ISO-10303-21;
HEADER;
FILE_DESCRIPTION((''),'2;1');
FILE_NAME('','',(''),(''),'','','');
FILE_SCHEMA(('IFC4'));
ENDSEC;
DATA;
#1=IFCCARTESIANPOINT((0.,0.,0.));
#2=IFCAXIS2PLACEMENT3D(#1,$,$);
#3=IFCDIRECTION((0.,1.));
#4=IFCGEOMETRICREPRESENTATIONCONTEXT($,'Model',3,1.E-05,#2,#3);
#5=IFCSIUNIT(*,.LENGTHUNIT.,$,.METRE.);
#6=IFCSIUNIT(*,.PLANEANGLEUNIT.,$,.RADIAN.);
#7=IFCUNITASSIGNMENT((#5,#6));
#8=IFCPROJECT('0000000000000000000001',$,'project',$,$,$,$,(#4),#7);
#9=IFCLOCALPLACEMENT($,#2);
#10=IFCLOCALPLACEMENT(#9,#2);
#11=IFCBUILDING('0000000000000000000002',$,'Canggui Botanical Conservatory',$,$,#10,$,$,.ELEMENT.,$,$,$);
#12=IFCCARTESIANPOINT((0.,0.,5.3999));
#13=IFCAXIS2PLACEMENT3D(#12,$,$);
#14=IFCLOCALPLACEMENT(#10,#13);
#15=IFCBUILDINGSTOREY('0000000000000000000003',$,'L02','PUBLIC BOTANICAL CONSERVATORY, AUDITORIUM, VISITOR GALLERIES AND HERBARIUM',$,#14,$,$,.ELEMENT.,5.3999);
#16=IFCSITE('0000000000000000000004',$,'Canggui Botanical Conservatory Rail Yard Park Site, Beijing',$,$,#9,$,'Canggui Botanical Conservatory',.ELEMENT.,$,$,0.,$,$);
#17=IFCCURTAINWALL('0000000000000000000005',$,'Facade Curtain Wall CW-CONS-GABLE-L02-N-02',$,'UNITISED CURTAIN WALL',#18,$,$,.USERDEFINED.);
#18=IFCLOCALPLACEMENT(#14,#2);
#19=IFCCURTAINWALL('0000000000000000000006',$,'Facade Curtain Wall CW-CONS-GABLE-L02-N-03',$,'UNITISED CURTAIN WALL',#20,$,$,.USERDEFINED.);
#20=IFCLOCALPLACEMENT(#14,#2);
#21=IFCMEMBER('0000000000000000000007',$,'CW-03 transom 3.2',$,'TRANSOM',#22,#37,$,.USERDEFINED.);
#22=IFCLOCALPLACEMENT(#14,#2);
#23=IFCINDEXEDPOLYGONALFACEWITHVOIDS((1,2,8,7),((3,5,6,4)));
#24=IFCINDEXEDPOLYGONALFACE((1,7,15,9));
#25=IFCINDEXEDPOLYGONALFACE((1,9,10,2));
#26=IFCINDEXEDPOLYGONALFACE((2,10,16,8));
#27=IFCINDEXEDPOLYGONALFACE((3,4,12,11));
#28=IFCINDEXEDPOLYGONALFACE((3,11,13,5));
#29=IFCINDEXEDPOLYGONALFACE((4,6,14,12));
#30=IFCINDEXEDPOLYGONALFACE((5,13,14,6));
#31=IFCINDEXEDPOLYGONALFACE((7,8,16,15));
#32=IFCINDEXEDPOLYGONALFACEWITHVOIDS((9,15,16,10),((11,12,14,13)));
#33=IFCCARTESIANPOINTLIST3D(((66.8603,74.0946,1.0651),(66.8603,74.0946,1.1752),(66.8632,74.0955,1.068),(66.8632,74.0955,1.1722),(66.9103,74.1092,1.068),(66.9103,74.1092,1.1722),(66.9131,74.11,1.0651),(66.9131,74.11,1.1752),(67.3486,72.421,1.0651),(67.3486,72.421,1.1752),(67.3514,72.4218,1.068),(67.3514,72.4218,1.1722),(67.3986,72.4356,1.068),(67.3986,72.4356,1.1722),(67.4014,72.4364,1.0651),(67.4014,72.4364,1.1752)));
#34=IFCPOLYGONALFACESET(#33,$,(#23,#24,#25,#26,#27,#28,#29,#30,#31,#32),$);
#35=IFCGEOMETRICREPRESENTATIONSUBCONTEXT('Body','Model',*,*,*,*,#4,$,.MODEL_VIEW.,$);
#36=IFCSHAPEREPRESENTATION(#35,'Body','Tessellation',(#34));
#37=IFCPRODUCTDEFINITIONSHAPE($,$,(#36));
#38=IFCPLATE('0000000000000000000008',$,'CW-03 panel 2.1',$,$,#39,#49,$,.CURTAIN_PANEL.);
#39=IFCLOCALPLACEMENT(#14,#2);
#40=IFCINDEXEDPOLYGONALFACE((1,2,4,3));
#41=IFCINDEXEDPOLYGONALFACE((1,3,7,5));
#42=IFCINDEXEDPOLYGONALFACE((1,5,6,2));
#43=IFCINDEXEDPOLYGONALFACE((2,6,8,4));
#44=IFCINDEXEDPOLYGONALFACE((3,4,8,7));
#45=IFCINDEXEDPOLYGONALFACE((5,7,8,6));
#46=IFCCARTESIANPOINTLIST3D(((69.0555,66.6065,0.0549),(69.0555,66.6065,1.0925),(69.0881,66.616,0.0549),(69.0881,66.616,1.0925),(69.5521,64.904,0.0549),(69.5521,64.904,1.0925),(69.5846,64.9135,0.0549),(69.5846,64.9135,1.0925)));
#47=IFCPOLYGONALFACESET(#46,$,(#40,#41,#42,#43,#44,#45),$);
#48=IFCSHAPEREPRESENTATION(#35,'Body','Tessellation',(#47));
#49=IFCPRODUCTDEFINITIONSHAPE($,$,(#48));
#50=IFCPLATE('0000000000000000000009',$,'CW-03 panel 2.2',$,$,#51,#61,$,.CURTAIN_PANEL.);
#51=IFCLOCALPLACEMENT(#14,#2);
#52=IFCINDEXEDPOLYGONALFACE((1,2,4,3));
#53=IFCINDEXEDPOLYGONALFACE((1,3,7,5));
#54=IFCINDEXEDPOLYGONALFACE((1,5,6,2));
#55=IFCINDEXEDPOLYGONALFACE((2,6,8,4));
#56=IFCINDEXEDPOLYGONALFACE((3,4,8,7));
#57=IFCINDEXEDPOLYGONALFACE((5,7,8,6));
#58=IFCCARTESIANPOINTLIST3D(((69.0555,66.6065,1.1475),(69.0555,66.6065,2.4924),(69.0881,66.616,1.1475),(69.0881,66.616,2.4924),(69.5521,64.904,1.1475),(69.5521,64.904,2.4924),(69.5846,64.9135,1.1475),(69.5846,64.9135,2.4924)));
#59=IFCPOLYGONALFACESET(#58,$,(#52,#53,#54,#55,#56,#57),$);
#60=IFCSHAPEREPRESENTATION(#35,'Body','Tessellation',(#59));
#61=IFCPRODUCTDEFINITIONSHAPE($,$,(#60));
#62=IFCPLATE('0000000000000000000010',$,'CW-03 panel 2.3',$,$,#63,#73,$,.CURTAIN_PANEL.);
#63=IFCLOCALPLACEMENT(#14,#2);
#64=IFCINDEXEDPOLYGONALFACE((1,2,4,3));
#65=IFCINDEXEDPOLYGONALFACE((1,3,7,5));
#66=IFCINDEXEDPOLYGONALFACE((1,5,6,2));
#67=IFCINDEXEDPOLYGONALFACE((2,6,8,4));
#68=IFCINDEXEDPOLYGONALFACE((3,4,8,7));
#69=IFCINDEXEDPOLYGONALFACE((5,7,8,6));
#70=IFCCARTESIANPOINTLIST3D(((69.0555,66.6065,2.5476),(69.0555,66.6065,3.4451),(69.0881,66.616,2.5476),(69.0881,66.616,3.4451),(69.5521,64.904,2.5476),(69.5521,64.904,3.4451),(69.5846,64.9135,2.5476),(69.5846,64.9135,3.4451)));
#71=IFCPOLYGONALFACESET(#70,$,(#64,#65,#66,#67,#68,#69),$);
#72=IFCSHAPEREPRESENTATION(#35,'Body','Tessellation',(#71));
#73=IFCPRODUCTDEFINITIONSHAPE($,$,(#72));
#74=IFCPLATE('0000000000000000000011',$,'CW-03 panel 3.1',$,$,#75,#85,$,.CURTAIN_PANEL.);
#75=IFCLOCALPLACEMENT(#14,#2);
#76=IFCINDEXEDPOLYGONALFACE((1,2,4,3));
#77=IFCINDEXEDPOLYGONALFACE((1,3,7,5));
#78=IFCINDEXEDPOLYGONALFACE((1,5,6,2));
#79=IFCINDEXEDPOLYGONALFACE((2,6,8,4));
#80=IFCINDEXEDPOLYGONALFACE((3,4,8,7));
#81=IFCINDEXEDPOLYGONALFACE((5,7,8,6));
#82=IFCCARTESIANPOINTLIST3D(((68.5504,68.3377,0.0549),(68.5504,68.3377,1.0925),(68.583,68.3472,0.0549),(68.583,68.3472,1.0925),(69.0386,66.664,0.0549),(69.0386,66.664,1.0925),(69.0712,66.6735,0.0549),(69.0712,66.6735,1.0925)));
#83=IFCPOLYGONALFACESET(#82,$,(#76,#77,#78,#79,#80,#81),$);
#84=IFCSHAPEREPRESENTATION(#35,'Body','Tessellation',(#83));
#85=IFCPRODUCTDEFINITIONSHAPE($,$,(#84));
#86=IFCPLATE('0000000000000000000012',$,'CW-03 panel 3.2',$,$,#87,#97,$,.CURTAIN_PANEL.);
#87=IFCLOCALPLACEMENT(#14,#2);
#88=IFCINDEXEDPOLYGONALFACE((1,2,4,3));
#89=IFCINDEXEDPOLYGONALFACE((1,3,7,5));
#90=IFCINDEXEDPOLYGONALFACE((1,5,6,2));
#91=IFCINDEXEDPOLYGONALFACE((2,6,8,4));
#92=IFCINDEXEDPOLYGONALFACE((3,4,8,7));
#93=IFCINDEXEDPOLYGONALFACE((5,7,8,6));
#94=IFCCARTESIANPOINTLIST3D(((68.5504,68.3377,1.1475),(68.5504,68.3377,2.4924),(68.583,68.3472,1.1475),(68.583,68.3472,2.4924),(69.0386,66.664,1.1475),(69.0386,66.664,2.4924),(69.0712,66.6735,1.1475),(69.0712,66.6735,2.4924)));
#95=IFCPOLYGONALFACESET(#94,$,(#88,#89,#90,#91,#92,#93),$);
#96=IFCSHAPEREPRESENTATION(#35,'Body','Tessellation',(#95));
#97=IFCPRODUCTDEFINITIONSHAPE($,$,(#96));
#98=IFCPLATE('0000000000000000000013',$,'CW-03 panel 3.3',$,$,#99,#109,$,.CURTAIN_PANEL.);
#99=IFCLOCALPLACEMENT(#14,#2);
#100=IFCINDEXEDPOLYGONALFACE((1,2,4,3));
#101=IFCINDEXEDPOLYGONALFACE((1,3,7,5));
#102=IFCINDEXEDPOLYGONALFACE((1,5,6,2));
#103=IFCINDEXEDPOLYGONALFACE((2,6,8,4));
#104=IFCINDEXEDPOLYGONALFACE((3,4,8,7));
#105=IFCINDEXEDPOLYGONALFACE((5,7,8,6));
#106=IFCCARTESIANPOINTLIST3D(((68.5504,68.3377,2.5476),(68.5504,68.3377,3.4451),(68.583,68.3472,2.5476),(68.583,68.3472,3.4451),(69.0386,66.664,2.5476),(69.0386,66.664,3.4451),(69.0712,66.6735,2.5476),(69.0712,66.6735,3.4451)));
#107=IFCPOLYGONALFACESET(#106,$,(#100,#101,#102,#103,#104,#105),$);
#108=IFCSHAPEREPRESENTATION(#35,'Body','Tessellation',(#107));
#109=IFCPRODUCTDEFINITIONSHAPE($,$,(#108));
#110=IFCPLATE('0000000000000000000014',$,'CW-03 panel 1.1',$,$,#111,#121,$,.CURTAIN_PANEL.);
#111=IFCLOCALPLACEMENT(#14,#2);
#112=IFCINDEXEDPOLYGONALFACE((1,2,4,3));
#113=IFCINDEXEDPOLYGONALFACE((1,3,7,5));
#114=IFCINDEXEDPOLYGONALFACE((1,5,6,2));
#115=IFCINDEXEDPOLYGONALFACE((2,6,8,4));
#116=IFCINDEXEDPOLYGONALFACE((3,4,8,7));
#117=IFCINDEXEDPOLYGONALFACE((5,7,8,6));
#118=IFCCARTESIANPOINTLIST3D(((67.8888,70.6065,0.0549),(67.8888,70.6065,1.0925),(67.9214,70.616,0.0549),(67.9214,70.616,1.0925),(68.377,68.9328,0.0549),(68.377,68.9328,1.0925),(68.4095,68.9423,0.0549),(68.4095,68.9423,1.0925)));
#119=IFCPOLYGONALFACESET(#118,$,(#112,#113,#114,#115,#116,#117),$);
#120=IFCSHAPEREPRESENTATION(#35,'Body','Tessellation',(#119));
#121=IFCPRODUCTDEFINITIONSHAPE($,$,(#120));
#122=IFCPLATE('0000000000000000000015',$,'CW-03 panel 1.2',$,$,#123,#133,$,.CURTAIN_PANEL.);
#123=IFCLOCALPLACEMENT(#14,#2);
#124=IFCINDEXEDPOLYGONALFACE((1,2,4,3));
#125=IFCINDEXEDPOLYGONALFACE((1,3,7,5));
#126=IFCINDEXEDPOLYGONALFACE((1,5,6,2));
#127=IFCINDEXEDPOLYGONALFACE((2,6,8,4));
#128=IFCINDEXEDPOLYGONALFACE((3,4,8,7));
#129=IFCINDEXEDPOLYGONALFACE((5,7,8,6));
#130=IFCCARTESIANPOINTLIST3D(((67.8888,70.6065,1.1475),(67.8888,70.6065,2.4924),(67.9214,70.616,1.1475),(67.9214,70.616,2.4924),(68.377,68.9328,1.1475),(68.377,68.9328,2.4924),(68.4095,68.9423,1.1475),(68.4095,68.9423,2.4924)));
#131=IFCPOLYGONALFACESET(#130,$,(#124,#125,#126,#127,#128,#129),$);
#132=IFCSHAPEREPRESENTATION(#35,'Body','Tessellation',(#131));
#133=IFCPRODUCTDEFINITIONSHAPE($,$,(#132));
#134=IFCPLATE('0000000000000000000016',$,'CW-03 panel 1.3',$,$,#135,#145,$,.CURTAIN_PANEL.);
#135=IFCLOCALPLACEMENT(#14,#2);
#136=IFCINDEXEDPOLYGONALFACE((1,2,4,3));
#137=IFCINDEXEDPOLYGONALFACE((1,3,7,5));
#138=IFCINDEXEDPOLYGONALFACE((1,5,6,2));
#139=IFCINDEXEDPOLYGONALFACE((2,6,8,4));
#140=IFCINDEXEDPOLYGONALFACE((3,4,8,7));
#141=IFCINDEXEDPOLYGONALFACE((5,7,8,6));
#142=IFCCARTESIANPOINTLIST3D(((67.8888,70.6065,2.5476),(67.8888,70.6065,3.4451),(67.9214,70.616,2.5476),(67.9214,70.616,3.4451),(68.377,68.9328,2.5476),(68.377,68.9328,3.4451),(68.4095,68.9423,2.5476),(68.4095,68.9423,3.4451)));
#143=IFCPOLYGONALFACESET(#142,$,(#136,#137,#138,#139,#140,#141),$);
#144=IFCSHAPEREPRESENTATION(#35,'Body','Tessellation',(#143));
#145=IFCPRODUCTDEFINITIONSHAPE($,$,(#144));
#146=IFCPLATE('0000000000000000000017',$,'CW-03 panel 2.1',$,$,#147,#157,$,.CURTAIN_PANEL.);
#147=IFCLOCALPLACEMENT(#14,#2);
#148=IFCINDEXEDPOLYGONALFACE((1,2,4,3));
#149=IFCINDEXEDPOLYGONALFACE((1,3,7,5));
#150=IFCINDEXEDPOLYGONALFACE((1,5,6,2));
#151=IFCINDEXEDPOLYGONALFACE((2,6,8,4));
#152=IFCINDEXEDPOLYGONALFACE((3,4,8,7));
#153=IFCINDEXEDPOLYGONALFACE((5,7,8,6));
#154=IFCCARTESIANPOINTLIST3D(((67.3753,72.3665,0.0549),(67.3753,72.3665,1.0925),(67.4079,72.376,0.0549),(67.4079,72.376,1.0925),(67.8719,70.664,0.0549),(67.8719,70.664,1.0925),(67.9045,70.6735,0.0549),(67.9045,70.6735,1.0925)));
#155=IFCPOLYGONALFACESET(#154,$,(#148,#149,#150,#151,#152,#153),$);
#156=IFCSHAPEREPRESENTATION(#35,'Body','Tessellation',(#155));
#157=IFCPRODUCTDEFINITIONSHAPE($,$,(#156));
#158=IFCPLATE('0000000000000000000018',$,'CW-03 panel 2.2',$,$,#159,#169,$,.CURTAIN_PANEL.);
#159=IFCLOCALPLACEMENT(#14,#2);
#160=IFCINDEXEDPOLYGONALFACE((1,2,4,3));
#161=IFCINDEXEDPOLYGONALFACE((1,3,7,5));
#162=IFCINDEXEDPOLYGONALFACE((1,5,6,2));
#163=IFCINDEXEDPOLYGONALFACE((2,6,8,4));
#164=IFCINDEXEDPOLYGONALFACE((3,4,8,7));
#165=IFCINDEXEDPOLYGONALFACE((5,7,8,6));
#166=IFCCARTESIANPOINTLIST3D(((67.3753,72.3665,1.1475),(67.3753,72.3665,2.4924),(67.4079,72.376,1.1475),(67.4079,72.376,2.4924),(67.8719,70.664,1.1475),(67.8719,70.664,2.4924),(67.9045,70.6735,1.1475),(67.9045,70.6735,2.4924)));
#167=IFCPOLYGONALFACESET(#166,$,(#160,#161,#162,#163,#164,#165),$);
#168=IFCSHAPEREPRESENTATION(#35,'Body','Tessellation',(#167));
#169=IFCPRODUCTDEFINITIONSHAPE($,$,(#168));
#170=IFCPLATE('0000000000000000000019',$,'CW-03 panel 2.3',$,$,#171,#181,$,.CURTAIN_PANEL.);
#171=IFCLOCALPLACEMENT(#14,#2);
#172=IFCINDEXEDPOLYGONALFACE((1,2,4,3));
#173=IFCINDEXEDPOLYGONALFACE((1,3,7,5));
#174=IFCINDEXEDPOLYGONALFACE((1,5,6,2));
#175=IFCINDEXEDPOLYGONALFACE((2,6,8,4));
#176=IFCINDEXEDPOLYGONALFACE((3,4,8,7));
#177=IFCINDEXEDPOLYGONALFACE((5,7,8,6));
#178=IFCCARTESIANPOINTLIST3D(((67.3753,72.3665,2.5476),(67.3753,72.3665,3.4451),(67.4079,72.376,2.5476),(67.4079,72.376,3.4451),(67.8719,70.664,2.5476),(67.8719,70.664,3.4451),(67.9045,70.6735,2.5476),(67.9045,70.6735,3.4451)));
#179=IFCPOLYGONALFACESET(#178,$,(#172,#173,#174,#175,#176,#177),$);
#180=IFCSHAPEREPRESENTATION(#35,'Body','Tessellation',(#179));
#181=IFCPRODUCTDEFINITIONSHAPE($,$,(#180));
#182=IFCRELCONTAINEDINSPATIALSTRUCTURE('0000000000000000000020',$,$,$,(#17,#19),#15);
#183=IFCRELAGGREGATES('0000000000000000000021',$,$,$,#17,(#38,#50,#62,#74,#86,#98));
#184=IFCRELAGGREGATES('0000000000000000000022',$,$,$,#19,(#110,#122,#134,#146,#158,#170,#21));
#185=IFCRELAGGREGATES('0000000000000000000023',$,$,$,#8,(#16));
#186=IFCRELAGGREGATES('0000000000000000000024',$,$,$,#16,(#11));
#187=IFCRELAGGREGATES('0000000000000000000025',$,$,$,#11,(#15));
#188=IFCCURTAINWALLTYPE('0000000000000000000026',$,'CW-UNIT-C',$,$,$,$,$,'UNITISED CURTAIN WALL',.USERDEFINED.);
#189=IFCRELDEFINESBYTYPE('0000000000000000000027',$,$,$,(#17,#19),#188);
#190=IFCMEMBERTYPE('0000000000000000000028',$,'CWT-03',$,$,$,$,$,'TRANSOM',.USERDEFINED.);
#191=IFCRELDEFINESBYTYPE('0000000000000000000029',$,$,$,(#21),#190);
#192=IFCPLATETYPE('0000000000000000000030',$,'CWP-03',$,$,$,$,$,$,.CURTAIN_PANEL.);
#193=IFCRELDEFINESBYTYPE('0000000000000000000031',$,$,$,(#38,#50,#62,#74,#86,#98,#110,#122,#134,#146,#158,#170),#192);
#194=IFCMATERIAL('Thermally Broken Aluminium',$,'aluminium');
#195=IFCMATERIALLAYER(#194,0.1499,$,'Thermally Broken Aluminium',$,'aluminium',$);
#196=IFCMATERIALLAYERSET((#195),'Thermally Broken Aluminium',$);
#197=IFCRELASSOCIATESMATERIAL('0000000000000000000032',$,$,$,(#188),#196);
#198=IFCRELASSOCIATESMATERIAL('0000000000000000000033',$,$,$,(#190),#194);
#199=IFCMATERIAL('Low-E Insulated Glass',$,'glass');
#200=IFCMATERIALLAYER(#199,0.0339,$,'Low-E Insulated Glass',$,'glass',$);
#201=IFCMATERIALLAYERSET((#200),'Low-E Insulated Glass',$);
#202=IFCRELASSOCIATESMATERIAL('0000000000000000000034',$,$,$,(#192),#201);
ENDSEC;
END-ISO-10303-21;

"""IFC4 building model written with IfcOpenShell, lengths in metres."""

from ifc_helpers import new_model, si_unit, direction, frame, origin, origin_2d, place, context, subcontext, project, spatial, rectangle, hollow_rectangle, extrude, material, layer, layer_set, material_profile, profile_set, type_object, element, aggregate, save


model = new_model("IFC4")

# Units and contexts
model_context = context("Model", 3, precision=1e-05, world=origin(), true_north=direction((0.0, 1.0)))
body_context = subcontext(model_context, "Body", "Model", "MODEL_VIEW")
ifc_project = project(units=[si_unit("LENGTHUNIT", "METRE"), si_unit("PLANEANGLEUNIT", "RADIAN")], contexts=[model_context])

# Site, building, storey
site_placement = place(None, origin())
site = spatial("IfcSite", under=ifc_project, at=site_placement, Name="Canggui Botanical Conservatory Rail Yard Park Site, Beijing", LongName="Canggui Botanical Conservatory", CompositionType="ELEMENT", RefElevation=0.0)
building_placement = place(site_placement, origin())
building = spatial("IfcBuilding", under=site, at=building_placement, Name="Canggui Botanical Conservatory", CompositionType="ELEMENT")
storey_placement = place(building_placement, frame((0.0, 0.0, 5.3999)))
storey = spatial("IfcBuildingStorey", under=building, at=storey_placement, Name="L02", Description="PUBLIC BOTANICAL CONSERVATORY, AUDITORIUM, VISITOR GALLERIES AND HERBARIUM", CompositionType="ELEMENT", Elevation=5.3999)

# Curtain walls
ifc_material_1 = material(Name="Thermally Broken Aluminium", Category="aluminium")
ifc_layer_1 = layer(ifc_material_1, 0.1499, Name="Thermally Broken Aluminium", Category="aluminium")
ifc_layer_set_1 = layer_set([ifc_layer_1], Name="Thermally Broken Aluminium")
curtain_wall_type = type_object("IfcCurtainWallType", Name="CW-UNIT-C", ElementType="UNITISED CURTAIN WALL", PredefinedType="USERDEFINED", material=ifc_layer_set_1)
curtain_wall_1_placement = place(storey_placement, origin())
curtain_wall_1 = element("IfcCurtainWall", 1, at=curtain_wall_1_placement, inside=storey, type_object=curtain_wall_type, Name="Facade Curtain Wall CW-CONS-GABLE-L02-N-02", ObjectType="UNITISED CURTAIN WALL", PredefinedType="USERDEFINED")
curtain_wall_2_placement = place(storey_placement, origin())
curtain_wall_2 = element("IfcCurtainWall", 2, at=curtain_wall_2_placement, inside=storey, type_object=curtain_wall_type, Name="Facade Curtain Wall CW-CONS-GABLE-L02-N-03", ObjectType="UNITISED CURTAIN WALL", PredefinedType="USERDEFINED")

# Member
ifc_material_profile_1 = material_profile(ifc_material_1, hollow_rectangle(XDim=0.0549, YDim=0.1101, WallThickness=0.0029, at=origin_2d()), Name="CWT 55x110x3")
ifc_profile_set_1 = profile_set([ifc_material_profile_1], Name="Thermally Broken Aluminium")
member_type_1 = type_object("IfcMemberType", Name="CWT-03", ElementType="TRANSOM", PredefinedType="USERDEFINED", material=ifc_profile_set_1)
member_1_placement = place(storey_placement, frame((67.375, 72.4287, 1.1201), z_axis=(-0.280081, 0.959976, 0.0), x_axis=(-0.959976, -0.280081, 0.0)))
member_1 = element("IfcMember", 3, at=member_1_placement, type_object=member_type_1, Name="CW-03 transom 3.2", ObjectType="TRANSOM", PredefinedType="USERDEFINED", context=body_context, shape_type="SweptSolid", body=[
    extrude(hollow_rectangle(XDim=0.0549, YDim=0.1101, WallThickness=0.0029, at=origin_2d()), origin(), (0.0, 0.0, 1.0), 1.7434),
])

# Plates
ifc_material_2 = material(Name="Low-E Insulated Glass", Category="glass")
ifc_layer_2 = layer(ifc_material_2, 0.0339, Name="Low-E Insulated Glass", Category="glass")
ifc_layer_set_2 = layer_set([ifc_layer_2], Name="Low-E Insulated Glass")
plate_type = type_object("IfcPlateType", Name="CWP-03", PredefinedType="CURTAIN_PANEL", material=ifc_layer_set_2)
plate_1_placement = place(storey_placement, frame((69.3201, 65.76, 0.0549), z_axis=(0.0, 0.0, 1.0), x_axis=(-0.28, 0.96, 0.0)))
plate_1 = element("IfcPlate", 4, at=plate_1_placement, type_object=plate_type, Name="CW-03 panel 2.1", PredefinedType="CURTAIN_PANEL", context=body_context, shape_type="SweptSolid", body=[
    extrude(rectangle(XDim=1.7734, YDim=0.0339, at=origin_2d()), origin(), (0.0, 0.0, 1.0), 1.0376),
])
plate_2_placement = place(storey_placement, frame((69.3201, 65.76, 1.1475), z_axis=(0.0, 0.0, 1.0), x_axis=(-0.28, 0.96, 0.0)))
plate_2 = element("IfcPlate", 5, at=plate_2_placement, type_object=plate_type, Name="CW-03 panel 2.2", PredefinedType="CURTAIN_PANEL", context=body_context, shape_type="SweptSolid", body=[
    extrude(rectangle(XDim=1.7734, YDim=0.0339, at=origin_2d()), origin(), (0.0, 0.0, 1.0), 1.345),
])
plate_3_placement = place(storey_placement, frame((69.3201, 65.76, 2.5476), z_axis=(0.0, 0.0, 1.0), x_axis=(-0.28, 0.96, 0.0)))
plate_3 = element("IfcPlate", 6, at=plate_3_placement, type_object=plate_type, Name="CW-03 panel 2.3", PredefinedType="CURTAIN_PANEL", context=body_context, shape_type="SweptSolid", body=[
    extrude(rectangle(XDim=1.7734, YDim=0.0339, at=origin_2d()), origin(), (0.0, 0.0, 1.0), 0.8975),
])
plate_4_placement = place(storey_placement, frame((68.8108, 67.5056, 0.0549), z_axis=(0.0, 0.0, 1.0), x_axis=(-0.28, 0.96, 0.0)))
plate_4 = element("IfcPlate", 7, at=plate_4_placement, type_object=plate_type, Name="CW-03 panel 3.1", PredefinedType="CURTAIN_PANEL", context=body_context, shape_type="SweptSolid", body=[
    extrude(rectangle(XDim=1.7434, YDim=0.0339, at=origin_2d()), origin(), (0.0, 0.0, 1.0), 1.0376),
])
plate_5_placement = place(storey_placement, frame((68.8108, 67.5056, 1.1475), z_axis=(0.0, 0.0, 1.0), x_axis=(-0.28, 0.96, 0.0)))
plate_5 = element("IfcPlate", 8, at=plate_5_placement, type_object=plate_type, Name="CW-03 panel 3.2", PredefinedType="CURTAIN_PANEL", context=body_context, shape_type="SweptSolid", body=[
    extrude(rectangle(XDim=1.7434, YDim=0.0339, at=origin_2d()), origin(), (0.0, 0.0, 1.0), 1.345),
])
plate_6_placement = place(storey_placement, frame((68.8108, 67.5056, 2.5476), z_axis=(0.0, 0.0, 1.0), x_axis=(-0.28, 0.96, 0.0)))
plate_6 = element("IfcPlate", 9, at=plate_6_placement, type_object=plate_type, Name="CW-03 panel 3.3", PredefinedType="CURTAIN_PANEL", context=body_context, shape_type="SweptSolid", body=[
    extrude(rectangle(XDim=1.7434, YDim=0.0339, at=origin_2d()), origin(), (0.0, 0.0, 1.0), 0.8975),
])
aggregate(curtain_wall_1, [plate_1, plate_2, plate_3, plate_4, plate_5, plate_6])
plate_7_placement = place(storey_placement, frame((68.1492, 69.7744, 0.0549), z_axis=(0.0, 0.0, 1.0), x_axis=(-0.28, 0.96, 0.0)))
plate_7 = element("IfcPlate", 10, at=plate_7_placement, type_object=plate_type, Name="CW-03 panel 1.1", PredefinedType="CURTAIN_PANEL", context=body_context, shape_type="SweptSolid", body=[
    extrude(rectangle(XDim=1.7434, YDim=0.0339, at=origin_2d()), origin(), (0.0, 0.0, 1.0), 1.0376),
])
plate_8_placement = place(storey_placement, frame((68.1492, 69.7744, 1.1475), z_axis=(0.0, 0.0, 1.0), x_axis=(-0.28, 0.96, 0.0)))
plate_8 = element("IfcPlate", 11, at=plate_8_placement, type_object=plate_type, Name="CW-03 panel 1.2", PredefinedType="CURTAIN_PANEL", context=body_context, shape_type="SweptSolid", body=[
    extrude(rectangle(XDim=1.7434, YDim=0.0339, at=origin_2d()), origin(), (0.0, 0.0, 1.0), 1.345),
])
plate_9_placement = place(storey_placement, frame((68.1492, 69.7744, 2.5476), z_axis=(0.0, 0.0, 1.0), x_axis=(-0.28, 0.96, 0.0)))
plate_9 = element("IfcPlate", 12, at=plate_9_placement, type_object=plate_type, Name="CW-03 panel 1.3", PredefinedType="CURTAIN_PANEL", context=body_context, shape_type="SweptSolid", body=[
    extrude(rectangle(XDim=1.7434, YDim=0.0339, at=origin_2d()), origin(), (0.0, 0.0, 1.0), 0.8975),
])
plate_10_placement = place(storey_placement, frame((67.6399, 71.52, 0.0549), z_axis=(0.0, 0.0, 1.0), x_axis=(-0.28, 0.96, 0.0)))
plate_10 = element("IfcPlate", 13, at=plate_10_placement, type_object=plate_type, Name="CW-03 panel 2.1", PredefinedType="CURTAIN_PANEL", context=body_context, shape_type="SweptSolid", body=[
    extrude(rectangle(XDim=1.7734, YDim=0.0339, at=origin_2d()), origin(), (0.0, 0.0, 1.0), 1.0376),
])
plate_11_placement = place(storey_placement, frame((67.6399, 71.52, 1.1475), z_axis=(0.0, 0.0, 1.0), x_axis=(-0.28, 0.96, 0.0)))
plate_11 = element("IfcPlate", 14, at=plate_11_placement, type_object=plate_type, Name="CW-03 panel 2.2", PredefinedType="CURTAIN_PANEL", context=body_context, shape_type="SweptSolid", body=[
    extrude(rectangle(XDim=1.7734, YDim=0.0339, at=origin_2d()), origin(), (0.0, 0.0, 1.0), 1.345),
])
plate_12_placement = place(storey_placement, frame((67.6399, 71.52, 2.5476), z_axis=(0.0, 0.0, 1.0), x_axis=(-0.28, 0.96, 0.0)))
plate_12 = element("IfcPlate", 15, at=plate_12_placement, type_object=plate_type, Name="CW-03 panel 2.3", PredefinedType="CURTAIN_PANEL", context=body_context, shape_type="SweptSolid", body=[
    extrude(rectangle(XDim=1.7734, YDim=0.0339, at=origin_2d()), origin(), (0.0, 0.0, 1.0), 0.8975),
])
aggregate(curtain_wall_2, [plate_7, plate_8, plate_9, plate_10, plate_11, plate_12, member_1])

save(model, "model.ifc")
